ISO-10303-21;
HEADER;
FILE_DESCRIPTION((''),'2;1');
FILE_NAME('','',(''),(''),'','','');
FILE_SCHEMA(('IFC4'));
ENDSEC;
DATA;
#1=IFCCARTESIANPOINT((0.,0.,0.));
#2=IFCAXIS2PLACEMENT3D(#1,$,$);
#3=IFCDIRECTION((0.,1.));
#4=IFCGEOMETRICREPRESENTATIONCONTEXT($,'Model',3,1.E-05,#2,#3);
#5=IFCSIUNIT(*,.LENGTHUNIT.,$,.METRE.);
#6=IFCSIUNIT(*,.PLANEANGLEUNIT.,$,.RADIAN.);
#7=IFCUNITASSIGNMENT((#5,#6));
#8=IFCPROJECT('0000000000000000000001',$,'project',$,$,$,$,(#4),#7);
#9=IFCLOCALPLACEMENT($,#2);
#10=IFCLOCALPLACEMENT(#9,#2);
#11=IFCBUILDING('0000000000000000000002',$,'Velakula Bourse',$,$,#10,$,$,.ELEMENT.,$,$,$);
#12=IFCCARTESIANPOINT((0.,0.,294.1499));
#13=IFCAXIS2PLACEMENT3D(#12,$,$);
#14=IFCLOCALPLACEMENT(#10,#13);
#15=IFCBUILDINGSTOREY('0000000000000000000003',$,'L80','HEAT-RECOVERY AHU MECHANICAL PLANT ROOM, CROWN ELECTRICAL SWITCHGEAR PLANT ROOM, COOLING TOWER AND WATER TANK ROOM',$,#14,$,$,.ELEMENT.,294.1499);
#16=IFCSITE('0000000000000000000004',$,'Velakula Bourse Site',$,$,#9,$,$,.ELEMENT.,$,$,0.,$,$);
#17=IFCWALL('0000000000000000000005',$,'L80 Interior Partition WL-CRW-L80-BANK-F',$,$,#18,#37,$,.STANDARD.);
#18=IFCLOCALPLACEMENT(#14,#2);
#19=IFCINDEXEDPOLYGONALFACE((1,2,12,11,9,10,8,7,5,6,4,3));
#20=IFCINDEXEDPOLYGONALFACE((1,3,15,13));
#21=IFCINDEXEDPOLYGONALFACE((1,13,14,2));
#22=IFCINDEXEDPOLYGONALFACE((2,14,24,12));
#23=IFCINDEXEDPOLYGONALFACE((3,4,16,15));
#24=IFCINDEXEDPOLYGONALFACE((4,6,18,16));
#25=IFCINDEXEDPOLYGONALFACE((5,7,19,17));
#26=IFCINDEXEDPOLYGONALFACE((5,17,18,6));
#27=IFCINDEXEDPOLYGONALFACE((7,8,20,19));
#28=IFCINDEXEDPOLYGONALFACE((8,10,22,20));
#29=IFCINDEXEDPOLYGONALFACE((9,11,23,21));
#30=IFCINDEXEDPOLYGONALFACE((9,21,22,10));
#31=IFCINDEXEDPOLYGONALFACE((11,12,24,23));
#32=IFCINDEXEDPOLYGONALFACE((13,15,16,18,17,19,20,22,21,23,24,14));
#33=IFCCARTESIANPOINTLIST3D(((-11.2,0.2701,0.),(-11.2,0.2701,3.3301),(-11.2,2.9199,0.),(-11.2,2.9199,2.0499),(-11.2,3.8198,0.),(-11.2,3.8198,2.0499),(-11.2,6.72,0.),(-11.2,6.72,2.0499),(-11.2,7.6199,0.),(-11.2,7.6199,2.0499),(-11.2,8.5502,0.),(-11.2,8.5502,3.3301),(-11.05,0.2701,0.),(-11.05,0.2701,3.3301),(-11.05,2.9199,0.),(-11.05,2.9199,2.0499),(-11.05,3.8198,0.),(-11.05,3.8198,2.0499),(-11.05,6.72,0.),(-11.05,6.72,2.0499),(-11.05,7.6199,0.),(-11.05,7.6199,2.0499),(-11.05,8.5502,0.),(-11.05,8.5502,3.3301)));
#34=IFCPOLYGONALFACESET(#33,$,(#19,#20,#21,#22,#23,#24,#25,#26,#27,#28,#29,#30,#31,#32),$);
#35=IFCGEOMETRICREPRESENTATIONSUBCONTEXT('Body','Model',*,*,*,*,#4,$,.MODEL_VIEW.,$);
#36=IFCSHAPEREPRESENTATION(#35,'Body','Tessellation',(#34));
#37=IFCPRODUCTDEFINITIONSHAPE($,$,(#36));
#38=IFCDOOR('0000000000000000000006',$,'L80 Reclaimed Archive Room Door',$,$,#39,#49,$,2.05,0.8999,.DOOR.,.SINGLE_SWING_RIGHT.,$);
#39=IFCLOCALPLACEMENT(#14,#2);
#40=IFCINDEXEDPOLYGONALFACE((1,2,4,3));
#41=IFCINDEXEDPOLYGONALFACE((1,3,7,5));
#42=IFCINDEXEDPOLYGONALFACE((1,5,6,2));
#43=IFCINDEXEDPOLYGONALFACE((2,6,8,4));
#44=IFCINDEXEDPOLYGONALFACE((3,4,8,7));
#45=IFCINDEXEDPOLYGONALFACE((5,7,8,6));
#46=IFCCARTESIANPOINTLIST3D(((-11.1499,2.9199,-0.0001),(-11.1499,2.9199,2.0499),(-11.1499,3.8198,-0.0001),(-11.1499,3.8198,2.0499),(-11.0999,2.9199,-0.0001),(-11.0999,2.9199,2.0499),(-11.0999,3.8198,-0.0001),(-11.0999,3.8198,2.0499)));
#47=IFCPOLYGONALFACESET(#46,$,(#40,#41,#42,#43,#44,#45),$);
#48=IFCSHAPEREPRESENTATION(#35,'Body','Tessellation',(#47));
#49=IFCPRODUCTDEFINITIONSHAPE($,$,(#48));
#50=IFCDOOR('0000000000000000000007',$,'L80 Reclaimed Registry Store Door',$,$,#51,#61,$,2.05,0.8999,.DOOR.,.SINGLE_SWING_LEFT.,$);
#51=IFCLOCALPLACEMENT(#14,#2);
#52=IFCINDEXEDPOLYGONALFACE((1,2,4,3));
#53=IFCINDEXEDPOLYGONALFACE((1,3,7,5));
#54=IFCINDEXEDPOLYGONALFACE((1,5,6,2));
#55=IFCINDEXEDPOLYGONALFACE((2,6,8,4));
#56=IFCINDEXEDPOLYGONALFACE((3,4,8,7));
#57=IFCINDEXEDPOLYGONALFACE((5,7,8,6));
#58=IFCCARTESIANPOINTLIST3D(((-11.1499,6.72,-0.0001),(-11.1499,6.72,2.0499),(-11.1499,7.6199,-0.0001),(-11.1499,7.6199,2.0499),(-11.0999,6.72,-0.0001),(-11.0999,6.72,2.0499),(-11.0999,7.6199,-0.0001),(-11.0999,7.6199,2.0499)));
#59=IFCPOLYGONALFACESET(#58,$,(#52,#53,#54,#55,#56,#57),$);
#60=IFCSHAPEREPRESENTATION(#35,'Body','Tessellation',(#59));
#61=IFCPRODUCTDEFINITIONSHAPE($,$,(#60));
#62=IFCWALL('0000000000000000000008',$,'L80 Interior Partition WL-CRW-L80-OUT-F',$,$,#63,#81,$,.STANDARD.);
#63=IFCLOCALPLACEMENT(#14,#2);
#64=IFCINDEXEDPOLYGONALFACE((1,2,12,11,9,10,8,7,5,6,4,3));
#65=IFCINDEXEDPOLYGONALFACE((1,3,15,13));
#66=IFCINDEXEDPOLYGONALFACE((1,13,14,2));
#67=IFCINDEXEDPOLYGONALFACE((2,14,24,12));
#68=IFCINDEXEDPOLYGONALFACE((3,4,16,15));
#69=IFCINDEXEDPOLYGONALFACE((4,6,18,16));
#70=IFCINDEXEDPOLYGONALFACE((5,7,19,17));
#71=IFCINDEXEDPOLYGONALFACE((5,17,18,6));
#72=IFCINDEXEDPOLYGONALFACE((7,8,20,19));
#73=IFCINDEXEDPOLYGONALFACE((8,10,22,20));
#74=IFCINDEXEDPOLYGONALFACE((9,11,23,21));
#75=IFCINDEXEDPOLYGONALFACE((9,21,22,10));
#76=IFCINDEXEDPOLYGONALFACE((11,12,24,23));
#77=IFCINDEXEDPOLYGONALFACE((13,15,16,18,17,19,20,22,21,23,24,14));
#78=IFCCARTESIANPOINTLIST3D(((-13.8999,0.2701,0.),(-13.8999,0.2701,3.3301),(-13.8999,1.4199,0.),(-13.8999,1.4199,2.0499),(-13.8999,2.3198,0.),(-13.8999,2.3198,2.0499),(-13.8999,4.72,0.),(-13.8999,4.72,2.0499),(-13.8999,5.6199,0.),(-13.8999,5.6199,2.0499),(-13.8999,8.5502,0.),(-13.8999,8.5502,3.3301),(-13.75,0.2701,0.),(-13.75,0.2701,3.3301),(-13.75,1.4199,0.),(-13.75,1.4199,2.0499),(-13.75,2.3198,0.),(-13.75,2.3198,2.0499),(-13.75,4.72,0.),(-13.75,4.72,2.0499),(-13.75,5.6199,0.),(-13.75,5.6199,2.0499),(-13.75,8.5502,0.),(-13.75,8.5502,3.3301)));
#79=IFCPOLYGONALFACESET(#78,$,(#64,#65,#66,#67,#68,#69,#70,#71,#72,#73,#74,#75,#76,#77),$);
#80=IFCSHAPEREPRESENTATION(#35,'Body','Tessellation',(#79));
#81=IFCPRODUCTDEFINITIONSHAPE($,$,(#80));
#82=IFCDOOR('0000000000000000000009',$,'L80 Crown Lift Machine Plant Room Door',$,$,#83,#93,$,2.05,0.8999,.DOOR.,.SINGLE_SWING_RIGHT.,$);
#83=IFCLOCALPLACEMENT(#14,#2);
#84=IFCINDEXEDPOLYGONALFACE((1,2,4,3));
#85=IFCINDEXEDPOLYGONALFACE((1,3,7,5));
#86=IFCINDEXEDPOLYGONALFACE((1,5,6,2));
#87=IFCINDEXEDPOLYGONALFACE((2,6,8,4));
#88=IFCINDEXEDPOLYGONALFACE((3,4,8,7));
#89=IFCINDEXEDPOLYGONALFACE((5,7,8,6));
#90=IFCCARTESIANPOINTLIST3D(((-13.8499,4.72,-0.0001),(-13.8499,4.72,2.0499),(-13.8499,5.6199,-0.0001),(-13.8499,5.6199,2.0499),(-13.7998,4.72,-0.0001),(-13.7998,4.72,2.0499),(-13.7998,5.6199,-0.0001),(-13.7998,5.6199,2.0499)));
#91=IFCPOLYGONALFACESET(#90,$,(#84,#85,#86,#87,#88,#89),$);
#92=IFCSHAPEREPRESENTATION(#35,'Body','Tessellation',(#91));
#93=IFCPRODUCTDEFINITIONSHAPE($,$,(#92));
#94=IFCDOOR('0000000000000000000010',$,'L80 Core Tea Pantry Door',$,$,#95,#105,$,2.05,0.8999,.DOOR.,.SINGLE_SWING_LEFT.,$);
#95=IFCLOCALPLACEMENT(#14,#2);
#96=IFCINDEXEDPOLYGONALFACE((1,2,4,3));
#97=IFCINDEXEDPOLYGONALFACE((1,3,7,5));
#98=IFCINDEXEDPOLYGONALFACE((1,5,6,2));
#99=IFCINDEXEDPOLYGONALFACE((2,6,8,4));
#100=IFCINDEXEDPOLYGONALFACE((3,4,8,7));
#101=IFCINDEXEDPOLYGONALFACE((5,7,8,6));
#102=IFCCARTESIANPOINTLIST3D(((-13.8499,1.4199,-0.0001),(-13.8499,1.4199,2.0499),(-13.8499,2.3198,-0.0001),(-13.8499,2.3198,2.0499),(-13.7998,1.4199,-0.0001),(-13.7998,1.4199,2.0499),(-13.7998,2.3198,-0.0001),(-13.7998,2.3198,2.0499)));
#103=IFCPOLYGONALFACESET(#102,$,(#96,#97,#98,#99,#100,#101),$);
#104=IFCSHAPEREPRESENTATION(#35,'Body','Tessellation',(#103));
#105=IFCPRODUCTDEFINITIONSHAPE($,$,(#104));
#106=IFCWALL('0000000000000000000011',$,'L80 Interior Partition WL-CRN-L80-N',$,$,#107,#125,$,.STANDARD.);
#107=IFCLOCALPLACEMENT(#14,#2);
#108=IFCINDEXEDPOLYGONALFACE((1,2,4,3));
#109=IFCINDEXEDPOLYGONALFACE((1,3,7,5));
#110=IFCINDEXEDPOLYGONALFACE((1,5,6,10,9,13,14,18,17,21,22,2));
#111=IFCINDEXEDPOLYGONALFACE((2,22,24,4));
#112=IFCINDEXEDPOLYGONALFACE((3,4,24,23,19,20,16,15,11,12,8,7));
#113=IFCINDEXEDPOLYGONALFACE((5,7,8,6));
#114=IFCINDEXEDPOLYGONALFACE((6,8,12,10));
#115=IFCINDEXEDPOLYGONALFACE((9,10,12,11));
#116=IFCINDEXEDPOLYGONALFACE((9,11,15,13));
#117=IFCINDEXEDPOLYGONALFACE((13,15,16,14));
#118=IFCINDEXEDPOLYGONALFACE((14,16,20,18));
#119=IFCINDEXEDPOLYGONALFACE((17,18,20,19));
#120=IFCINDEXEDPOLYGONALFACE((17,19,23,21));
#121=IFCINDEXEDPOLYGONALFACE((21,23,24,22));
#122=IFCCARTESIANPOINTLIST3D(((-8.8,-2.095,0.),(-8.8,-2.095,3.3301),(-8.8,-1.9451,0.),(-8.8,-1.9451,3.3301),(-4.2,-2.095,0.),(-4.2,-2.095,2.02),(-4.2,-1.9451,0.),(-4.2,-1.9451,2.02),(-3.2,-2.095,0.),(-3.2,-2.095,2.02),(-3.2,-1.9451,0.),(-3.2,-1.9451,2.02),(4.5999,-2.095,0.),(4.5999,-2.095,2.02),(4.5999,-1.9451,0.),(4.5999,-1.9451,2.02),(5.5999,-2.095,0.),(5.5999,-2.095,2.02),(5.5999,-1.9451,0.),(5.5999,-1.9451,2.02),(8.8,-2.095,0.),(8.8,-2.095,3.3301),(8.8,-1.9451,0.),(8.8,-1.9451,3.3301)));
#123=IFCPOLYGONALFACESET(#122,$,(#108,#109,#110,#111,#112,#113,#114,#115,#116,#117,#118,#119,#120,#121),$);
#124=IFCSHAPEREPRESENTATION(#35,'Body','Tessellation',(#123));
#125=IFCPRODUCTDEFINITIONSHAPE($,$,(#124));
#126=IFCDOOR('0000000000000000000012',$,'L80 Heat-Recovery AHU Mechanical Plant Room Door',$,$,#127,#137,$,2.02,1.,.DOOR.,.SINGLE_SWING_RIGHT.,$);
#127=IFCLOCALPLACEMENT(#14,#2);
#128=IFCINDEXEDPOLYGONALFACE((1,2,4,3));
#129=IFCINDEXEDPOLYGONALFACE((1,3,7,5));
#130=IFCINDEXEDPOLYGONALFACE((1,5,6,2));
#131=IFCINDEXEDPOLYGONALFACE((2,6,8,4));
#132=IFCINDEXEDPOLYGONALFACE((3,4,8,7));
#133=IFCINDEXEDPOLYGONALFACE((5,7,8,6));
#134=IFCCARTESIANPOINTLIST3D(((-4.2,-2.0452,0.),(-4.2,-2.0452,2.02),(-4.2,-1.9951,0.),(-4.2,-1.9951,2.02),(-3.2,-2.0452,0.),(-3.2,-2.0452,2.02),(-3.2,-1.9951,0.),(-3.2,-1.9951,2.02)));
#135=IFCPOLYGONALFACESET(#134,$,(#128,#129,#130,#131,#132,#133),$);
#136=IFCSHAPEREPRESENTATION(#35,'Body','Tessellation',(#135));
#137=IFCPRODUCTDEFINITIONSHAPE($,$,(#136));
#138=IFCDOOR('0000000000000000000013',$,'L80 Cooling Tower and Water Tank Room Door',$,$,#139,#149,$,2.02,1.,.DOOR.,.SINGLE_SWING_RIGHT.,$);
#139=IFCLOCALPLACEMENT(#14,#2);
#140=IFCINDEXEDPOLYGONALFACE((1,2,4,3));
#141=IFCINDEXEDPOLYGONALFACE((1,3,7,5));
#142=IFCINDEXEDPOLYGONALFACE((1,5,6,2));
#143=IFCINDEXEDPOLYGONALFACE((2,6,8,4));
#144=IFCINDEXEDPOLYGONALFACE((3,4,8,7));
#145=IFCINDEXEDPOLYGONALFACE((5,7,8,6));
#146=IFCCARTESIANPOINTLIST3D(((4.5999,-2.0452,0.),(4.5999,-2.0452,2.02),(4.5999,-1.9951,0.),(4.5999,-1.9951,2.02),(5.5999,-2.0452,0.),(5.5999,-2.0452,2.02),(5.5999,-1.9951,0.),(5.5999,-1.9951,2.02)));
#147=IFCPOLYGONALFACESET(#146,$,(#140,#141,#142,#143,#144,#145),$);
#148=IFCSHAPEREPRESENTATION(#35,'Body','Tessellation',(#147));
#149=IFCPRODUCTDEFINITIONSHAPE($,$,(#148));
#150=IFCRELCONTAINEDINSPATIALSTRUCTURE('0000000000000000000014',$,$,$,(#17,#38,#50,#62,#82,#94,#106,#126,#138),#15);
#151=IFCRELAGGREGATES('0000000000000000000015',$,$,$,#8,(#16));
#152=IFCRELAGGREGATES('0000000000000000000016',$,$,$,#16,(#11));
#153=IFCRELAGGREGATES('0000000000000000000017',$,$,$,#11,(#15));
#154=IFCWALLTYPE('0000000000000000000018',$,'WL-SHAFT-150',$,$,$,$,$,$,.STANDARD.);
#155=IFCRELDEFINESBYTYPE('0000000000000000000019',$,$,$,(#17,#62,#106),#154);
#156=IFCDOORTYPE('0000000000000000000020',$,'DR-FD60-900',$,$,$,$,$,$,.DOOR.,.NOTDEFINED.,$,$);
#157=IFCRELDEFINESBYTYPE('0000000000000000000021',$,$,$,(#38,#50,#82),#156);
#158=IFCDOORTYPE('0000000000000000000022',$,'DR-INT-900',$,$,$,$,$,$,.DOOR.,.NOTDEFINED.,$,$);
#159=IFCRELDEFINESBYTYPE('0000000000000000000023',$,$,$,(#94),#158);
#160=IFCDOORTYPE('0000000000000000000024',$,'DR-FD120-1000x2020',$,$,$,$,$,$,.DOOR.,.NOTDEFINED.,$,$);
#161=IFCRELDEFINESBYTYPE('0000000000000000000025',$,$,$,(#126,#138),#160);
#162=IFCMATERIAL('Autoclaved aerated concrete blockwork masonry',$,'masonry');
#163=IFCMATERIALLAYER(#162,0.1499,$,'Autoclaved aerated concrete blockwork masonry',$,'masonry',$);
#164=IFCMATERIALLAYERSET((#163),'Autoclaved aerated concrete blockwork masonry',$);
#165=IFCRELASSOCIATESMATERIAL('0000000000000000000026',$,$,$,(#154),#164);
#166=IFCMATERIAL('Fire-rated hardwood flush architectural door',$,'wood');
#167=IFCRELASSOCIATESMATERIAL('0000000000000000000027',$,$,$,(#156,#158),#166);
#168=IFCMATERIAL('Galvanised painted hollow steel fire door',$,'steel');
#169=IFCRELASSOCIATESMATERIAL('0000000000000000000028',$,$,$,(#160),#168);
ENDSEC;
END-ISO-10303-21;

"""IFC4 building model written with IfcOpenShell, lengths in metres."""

from ifc_helpers import new_model, si_unit, direction, frame, frame_2d, origin, place, context, subcontext, project, spatial, rectangle, extrude, material, layer, layer_set, type_object, element, fill, save


model = new_model("IFC4")

# Units and contexts
model_context = context("Model", 3, precision=1e-05, world=origin(), true_north=direction((0.0, 1.0)))
body_context = subcontext(model_context, "Body", "Model", "MODEL_VIEW")
ifc_project = project(units=[si_unit("LENGTHUNIT", "METRE"), si_unit("PLANEANGLEUNIT", "RADIAN")], contexts=[model_context])

# Site, building, storey
site_placement = place(None, origin())
site = spatial("IfcSite", under=ifc_project, at=site_placement, Name="Velakula Bourse Site", CompositionType="ELEMENT", RefElevation=0.0)
building_placement = place(site_placement, origin())
building = spatial("IfcBuilding", under=site, at=building_placement, Name="Velakula Bourse", CompositionType="ELEMENT")
storey_placement = place(building_placement, frame((0.0, 0.0, 294.1499)))
storey = spatial("IfcBuildingStorey", under=building, at=storey_placement, Name="L80", Description="HEAT-RECOVERY AHU MECHANICAL PLANT ROOM, CROWN ELECTRICAL SWITCHGEAR PLANT ROOM, COOLING TOWER AND WATER TANK ROOM", CompositionType="ELEMENT", Elevation=294.1499)

# Shared definitions
ifc_material_1 = material(Name="Fire-rated hardwood flush architectural door", Category="wood")
ifc_material_2 = material(Name="Autoclaved aerated concrete blockwork masonry", Category="masonry")
ifc_layer_1 = layer(ifc_material_2, 0.1499, Name="Autoclaved aerated concrete blockwork masonry", Category="masonry")
ifc_layer_set_1 = layer_set([ifc_layer_1], Name="Autoclaved aerated concrete blockwork masonry")
wall_type_1 = type_object("IfcWallType", Name="WL-SHAFT-150", PredefinedType="STANDARD", material=ifc_layer_set_1)
ifc_material_3 = material(Name="Galvanised painted hollow steel fire door", Category="steel")

# Walls, openings, doors
wall_1_placement = place(storey_placement, frame((-11.125, 0.27, 0.0), z_axis=(0.0, 0.0, 1.0), x_axis=(0.0, 1.0, 0.0)))
wall_1 = element("IfcWall", 1, at=wall_1_placement, inside=storey, type_object=wall_type_1, Name="L80 Interior Partition WL-CRW-L80-BANK-F", PredefinedType="STANDARD", context=body_context, shape_type="SweptSolid", body=[
    extrude(rectangle(XDim=8.28, YDim=0.1499, at=frame_2d((4.1401, 0.0))), origin(), (0.0, 0.0, 1.0), 3.3301),
])
opening_1_placement = place(wall_1_placement, frame((2.6499, 0.0, 0.0)))
opening_1 = element("IfcOpeningElement", 2, at=opening_1_placement, cuts=wall_1, PredefinedType="OPENING", context=body_context, shape_type="SweptSolid", body=[
    extrude(rectangle(XDim=0.8999, YDim=2.05, at=frame_2d((0.45, 1.0249))), frame((0.0, 0.085, 0.0), z_axis=(0.0, -1.0, 0.0), x_axis=(1.0, 0.0, 0.0)), (0.0, 0.0, 1.0), 0.1699),
])
opening_2_placement = place(wall_1_placement, frame((6.45, 0.0, 0.0)))
opening_2 = element("IfcOpeningElement", 3, at=opening_2_placement, cuts=wall_1, PredefinedType="OPENING", context=body_context, shape_type="SweptSolid", body=[
    extrude(rectangle(XDim=0.8999, YDim=2.05, at=frame_2d((0.45, 1.0249))), frame((0.0, 0.085, 0.0), z_axis=(0.0, -1.0, 0.0), x_axis=(1.0, 0.0, 0.0)), (0.0, 0.0, 1.0), 0.1699),
])
door_type_1 = type_object("IfcDoorType", Name="DR-FD60-900", OperationType="NOTDEFINED", PredefinedType="DOOR", material=ifc_material_1)
door_1_placement = place(opening_1_placement, origin())
door_1 = element("IfcDoor", 4, at=door_1_placement, inside=storey, type_object=door_type_1, Name="L80 Reclaimed Archive Room Door", OperationType="SINGLE_SWING_RIGHT", OverallHeight=2.05, OverallWidth=0.8999, PredefinedType="DOOR", context=body_context, shape_type="SweptSolid", body=[
    extrude(rectangle(XDim=0.8999, YDim=2.05, at=frame_2d((0.45, 1.0249))), frame((0.0, 0.0249, 0.0), z_axis=(0.0, -1.0, 0.0), x_axis=(1.0, 0.0, 0.0)), (0.0, 0.0, 1.0), 0.05),
])
fill(opening_1, door_1)
door_2_placement = place(opening_2_placement, origin())
door_2 = element("IfcDoor", 5, at=door_2_placement, inside=storey, type_object=door_type_1, Name="L80 Reclaimed Registry Store Door", OperationType="SINGLE_SWING_LEFT", OverallHeight=2.05, OverallWidth=0.8999, PredefinedType="DOOR", context=body_context, shape_type="SweptSolid", body=[
    extrude(rectangle(XDim=0.8999, YDim=2.05, at=frame_2d((0.45, 1.0249))), frame((0.0, 0.0249, 0.0), z_axis=(0.0, -1.0, 0.0), x_axis=(1.0, 0.0, 0.0)), (0.0, 0.0, 1.0), 0.05),
])
fill(opening_2, door_2)
wall_2_placement = place(storey_placement, frame((-13.825, 0.27, 0.0), z_axis=(0.0, 0.0, 1.0), x_axis=(0.0, 1.0, 0.0)))
wall_2 = element("IfcWall", 6, at=wall_2_placement, inside=storey, type_object=wall_type_1, Name="L80 Interior Partition WL-CRW-L80-OUT-F", PredefinedType="STANDARD", context=body_context, shape_type="SweptSolid", body=[
    extrude(rectangle(XDim=8.28, YDim=0.1499, at=frame_2d((4.1401, 0.0))), origin(), (0.0, 0.0, 1.0), 3.3301),
])
opening_3_placement = place(wall_2_placement, frame((4.45, 0.0, 0.0)))
opening_3 = element("IfcOpeningElement", 7, at=opening_3_placement, cuts=wall_2, PredefinedType="OPENING", context=body_context, shape_type="SweptSolid", body=[
    extrude(rectangle(XDim=0.8999, YDim=2.05, at=frame_2d((0.45, 1.0249))), frame((0.0, 0.085, 0.0), z_axis=(0.0, -1.0, 0.0), x_axis=(1.0, 0.0, 0.0)), (0.0, 0.0, 1.0), 0.1699),
])
opening_4_placement = place(wall_2_placement, frame((1.1499, 0.0, 0.0)))
opening_4 = element("IfcOpeningElement", 8, at=opening_4_placement, cuts=wall_2, PredefinedType="OPENING", context=body_context, shape_type="SweptSolid", body=[
    extrude(rectangle(XDim=0.8999, YDim=2.05, at=frame_2d((0.45, 1.0249))), frame((0.0, 0.085, 0.0), z_axis=(0.0, -1.0, 0.0), x_axis=(1.0, 0.0, 0.0)), (0.0, 0.0, 1.0), 0.1699),
])
door_3_placement = place(opening_3_placement, origin())
door_3 = element("IfcDoor", 9, at=door_3_placement, inside=storey, type_object=door_type_1, Name="L80 Crown Lift Machine Plant Room Door", OperationType="SINGLE_SWING_RIGHT", OverallHeight=2.05, OverallWidth=0.8999, PredefinedType="DOOR", context=body_context, shape_type="SweptSolid", body=[
    extrude(rectangle(XDim=0.8999, YDim=2.05, at=frame_2d((0.45, 1.0249))), frame((0.0, 0.0249, 0.0), z_axis=(0.0, -1.0, 0.0), x_axis=(1.0, 0.0, 0.0)), (0.0, 0.0, 1.0), 0.05),
])
fill(opening_3, door_3)
door_type_2 = type_object("IfcDoorType", Name="DR-INT-900", OperationType="NOTDEFINED", PredefinedType="DOOR", material=ifc_material_1)
door_4_placement = place(opening_4_placement, origin())
door_4 = element("IfcDoor", 10, at=door_4_placement, inside=storey, type_object=door_type_2, Name="L80 Core Tea Pantry Door", OperationType="SINGLE_SWING_LEFT", OverallHeight=2.05, OverallWidth=0.8999, PredefinedType="DOOR", context=body_context, shape_type="SweptSolid", body=[
    extrude(rectangle(XDim=0.8999, YDim=2.05, at=frame_2d((0.45, 1.0249))), frame((0.0, 0.0249, 0.0), z_axis=(0.0, -1.0, 0.0), x_axis=(1.0, 0.0, 0.0)), (0.0, 0.0, 1.0), 0.05),
])
fill(opening_4, door_4)
wall_3_placement = place(storey_placement, frame((-8.8, -2.02, 0.0), z_axis=(0.0, 0.0, 1.0), x_axis=(1.0, 0.0, 0.0)))
wall_3 = element("IfcWall", 11, at=wall_3_placement, inside=storey, type_object=wall_type_1, Name="L80 Interior Partition WL-CRN-L80-N", PredefinedType="STANDARD", context=body_context, shape_type="SweptSolid", body=[
    extrude(rectangle(XDim=17.6001, YDim=0.1499, at=frame_2d((8.8, 0.0))), origin(), (0.0, 0.0, 1.0), 3.3301),
])
opening_5_placement = place(wall_3_placement, frame((4.6001, 0.0, 0.0)))
opening_5 = element("IfcOpeningElement", 12, at=opening_5_placement, cuts=wall_3, PredefinedType="OPENING", context=body_context, shape_type="SweptSolid", body=[
    extrude(rectangle(XDim=1.0, YDim=2.02, at=frame_2d((0.5, 1.01))), frame((0.0, 0.085, 0.0), z_axis=(0.0, -1.0, 0.0), x_axis=(1.0, 0.0, 0.0)), (0.0, 0.0, 1.0), 0.1699),
])
opening_6_placement = place(wall_3_placement, frame((13.3999, 0.0, 0.0)))
opening_6 = element("IfcOpeningElement", 13, at=opening_6_placement, cuts=wall_3, PredefinedType="OPENING", context=body_context, shape_type="SweptSolid", body=[
    extrude(rectangle(XDim=1.0, YDim=2.02, at=frame_2d((0.5, 1.01))), frame((0.0, 0.085, 0.0), z_axis=(0.0, -1.0, 0.0), x_axis=(1.0, 0.0, 0.0)), (0.0, 0.0, 1.0), 0.1699),
])
door_type_3 = type_object("IfcDoorType", Name="DR-FD120-1000x2020", OperationType="NOTDEFINED", PredefinedType="DOOR", material=ifc_material_3)
door_5_placement = place(opening_5_placement, origin())
door_5 = element("IfcDoor", 14, at=door_5_placement, inside=storey, type_object=door_type_3, Name="L80 Heat-Recovery AHU Mechanical Plant Room Door", OperationType="SINGLE_SWING_RIGHT", OverallHeight=2.02, OverallWidth=1.0, PredefinedType="DOOR", context=body_context, shape_type="SweptSolid", body=[
    extrude(rectangle(XDim=1.0, YDim=2.02, at=frame_2d((0.5, 1.01))), frame((0.0, 0.0249, 0.0), z_axis=(0.0, -1.0, 0.0), x_axis=(1.0, 0.0, 0.0)), (0.0, 0.0, 1.0), 0.05),
])
fill(opening_5, door_5)
door_6_placement = place(opening_6_placement, origin())
door_6 = element("IfcDoor", 15, at=door_6_placement, inside=storey, type_object=door_type_3, Name="L80 Cooling Tower and Water Tank Room Door", OperationType="SINGLE_SWING_RIGHT", OverallHeight=2.02, OverallWidth=1.0, PredefinedType="DOOR", context=body_context, shape_type="SweptSolid", body=[
    extrude(rectangle(XDim=1.0, YDim=2.02, at=frame_2d((0.5, 1.01))), frame((0.0, 0.0249, 0.0), z_axis=(0.0, -1.0, 0.0), x_axis=(1.0, 0.0, 0.0)), (0.0, 0.0, 1.0), 0.05),
])
fill(opening_6, door_6)

save(model, "model.ifc")
